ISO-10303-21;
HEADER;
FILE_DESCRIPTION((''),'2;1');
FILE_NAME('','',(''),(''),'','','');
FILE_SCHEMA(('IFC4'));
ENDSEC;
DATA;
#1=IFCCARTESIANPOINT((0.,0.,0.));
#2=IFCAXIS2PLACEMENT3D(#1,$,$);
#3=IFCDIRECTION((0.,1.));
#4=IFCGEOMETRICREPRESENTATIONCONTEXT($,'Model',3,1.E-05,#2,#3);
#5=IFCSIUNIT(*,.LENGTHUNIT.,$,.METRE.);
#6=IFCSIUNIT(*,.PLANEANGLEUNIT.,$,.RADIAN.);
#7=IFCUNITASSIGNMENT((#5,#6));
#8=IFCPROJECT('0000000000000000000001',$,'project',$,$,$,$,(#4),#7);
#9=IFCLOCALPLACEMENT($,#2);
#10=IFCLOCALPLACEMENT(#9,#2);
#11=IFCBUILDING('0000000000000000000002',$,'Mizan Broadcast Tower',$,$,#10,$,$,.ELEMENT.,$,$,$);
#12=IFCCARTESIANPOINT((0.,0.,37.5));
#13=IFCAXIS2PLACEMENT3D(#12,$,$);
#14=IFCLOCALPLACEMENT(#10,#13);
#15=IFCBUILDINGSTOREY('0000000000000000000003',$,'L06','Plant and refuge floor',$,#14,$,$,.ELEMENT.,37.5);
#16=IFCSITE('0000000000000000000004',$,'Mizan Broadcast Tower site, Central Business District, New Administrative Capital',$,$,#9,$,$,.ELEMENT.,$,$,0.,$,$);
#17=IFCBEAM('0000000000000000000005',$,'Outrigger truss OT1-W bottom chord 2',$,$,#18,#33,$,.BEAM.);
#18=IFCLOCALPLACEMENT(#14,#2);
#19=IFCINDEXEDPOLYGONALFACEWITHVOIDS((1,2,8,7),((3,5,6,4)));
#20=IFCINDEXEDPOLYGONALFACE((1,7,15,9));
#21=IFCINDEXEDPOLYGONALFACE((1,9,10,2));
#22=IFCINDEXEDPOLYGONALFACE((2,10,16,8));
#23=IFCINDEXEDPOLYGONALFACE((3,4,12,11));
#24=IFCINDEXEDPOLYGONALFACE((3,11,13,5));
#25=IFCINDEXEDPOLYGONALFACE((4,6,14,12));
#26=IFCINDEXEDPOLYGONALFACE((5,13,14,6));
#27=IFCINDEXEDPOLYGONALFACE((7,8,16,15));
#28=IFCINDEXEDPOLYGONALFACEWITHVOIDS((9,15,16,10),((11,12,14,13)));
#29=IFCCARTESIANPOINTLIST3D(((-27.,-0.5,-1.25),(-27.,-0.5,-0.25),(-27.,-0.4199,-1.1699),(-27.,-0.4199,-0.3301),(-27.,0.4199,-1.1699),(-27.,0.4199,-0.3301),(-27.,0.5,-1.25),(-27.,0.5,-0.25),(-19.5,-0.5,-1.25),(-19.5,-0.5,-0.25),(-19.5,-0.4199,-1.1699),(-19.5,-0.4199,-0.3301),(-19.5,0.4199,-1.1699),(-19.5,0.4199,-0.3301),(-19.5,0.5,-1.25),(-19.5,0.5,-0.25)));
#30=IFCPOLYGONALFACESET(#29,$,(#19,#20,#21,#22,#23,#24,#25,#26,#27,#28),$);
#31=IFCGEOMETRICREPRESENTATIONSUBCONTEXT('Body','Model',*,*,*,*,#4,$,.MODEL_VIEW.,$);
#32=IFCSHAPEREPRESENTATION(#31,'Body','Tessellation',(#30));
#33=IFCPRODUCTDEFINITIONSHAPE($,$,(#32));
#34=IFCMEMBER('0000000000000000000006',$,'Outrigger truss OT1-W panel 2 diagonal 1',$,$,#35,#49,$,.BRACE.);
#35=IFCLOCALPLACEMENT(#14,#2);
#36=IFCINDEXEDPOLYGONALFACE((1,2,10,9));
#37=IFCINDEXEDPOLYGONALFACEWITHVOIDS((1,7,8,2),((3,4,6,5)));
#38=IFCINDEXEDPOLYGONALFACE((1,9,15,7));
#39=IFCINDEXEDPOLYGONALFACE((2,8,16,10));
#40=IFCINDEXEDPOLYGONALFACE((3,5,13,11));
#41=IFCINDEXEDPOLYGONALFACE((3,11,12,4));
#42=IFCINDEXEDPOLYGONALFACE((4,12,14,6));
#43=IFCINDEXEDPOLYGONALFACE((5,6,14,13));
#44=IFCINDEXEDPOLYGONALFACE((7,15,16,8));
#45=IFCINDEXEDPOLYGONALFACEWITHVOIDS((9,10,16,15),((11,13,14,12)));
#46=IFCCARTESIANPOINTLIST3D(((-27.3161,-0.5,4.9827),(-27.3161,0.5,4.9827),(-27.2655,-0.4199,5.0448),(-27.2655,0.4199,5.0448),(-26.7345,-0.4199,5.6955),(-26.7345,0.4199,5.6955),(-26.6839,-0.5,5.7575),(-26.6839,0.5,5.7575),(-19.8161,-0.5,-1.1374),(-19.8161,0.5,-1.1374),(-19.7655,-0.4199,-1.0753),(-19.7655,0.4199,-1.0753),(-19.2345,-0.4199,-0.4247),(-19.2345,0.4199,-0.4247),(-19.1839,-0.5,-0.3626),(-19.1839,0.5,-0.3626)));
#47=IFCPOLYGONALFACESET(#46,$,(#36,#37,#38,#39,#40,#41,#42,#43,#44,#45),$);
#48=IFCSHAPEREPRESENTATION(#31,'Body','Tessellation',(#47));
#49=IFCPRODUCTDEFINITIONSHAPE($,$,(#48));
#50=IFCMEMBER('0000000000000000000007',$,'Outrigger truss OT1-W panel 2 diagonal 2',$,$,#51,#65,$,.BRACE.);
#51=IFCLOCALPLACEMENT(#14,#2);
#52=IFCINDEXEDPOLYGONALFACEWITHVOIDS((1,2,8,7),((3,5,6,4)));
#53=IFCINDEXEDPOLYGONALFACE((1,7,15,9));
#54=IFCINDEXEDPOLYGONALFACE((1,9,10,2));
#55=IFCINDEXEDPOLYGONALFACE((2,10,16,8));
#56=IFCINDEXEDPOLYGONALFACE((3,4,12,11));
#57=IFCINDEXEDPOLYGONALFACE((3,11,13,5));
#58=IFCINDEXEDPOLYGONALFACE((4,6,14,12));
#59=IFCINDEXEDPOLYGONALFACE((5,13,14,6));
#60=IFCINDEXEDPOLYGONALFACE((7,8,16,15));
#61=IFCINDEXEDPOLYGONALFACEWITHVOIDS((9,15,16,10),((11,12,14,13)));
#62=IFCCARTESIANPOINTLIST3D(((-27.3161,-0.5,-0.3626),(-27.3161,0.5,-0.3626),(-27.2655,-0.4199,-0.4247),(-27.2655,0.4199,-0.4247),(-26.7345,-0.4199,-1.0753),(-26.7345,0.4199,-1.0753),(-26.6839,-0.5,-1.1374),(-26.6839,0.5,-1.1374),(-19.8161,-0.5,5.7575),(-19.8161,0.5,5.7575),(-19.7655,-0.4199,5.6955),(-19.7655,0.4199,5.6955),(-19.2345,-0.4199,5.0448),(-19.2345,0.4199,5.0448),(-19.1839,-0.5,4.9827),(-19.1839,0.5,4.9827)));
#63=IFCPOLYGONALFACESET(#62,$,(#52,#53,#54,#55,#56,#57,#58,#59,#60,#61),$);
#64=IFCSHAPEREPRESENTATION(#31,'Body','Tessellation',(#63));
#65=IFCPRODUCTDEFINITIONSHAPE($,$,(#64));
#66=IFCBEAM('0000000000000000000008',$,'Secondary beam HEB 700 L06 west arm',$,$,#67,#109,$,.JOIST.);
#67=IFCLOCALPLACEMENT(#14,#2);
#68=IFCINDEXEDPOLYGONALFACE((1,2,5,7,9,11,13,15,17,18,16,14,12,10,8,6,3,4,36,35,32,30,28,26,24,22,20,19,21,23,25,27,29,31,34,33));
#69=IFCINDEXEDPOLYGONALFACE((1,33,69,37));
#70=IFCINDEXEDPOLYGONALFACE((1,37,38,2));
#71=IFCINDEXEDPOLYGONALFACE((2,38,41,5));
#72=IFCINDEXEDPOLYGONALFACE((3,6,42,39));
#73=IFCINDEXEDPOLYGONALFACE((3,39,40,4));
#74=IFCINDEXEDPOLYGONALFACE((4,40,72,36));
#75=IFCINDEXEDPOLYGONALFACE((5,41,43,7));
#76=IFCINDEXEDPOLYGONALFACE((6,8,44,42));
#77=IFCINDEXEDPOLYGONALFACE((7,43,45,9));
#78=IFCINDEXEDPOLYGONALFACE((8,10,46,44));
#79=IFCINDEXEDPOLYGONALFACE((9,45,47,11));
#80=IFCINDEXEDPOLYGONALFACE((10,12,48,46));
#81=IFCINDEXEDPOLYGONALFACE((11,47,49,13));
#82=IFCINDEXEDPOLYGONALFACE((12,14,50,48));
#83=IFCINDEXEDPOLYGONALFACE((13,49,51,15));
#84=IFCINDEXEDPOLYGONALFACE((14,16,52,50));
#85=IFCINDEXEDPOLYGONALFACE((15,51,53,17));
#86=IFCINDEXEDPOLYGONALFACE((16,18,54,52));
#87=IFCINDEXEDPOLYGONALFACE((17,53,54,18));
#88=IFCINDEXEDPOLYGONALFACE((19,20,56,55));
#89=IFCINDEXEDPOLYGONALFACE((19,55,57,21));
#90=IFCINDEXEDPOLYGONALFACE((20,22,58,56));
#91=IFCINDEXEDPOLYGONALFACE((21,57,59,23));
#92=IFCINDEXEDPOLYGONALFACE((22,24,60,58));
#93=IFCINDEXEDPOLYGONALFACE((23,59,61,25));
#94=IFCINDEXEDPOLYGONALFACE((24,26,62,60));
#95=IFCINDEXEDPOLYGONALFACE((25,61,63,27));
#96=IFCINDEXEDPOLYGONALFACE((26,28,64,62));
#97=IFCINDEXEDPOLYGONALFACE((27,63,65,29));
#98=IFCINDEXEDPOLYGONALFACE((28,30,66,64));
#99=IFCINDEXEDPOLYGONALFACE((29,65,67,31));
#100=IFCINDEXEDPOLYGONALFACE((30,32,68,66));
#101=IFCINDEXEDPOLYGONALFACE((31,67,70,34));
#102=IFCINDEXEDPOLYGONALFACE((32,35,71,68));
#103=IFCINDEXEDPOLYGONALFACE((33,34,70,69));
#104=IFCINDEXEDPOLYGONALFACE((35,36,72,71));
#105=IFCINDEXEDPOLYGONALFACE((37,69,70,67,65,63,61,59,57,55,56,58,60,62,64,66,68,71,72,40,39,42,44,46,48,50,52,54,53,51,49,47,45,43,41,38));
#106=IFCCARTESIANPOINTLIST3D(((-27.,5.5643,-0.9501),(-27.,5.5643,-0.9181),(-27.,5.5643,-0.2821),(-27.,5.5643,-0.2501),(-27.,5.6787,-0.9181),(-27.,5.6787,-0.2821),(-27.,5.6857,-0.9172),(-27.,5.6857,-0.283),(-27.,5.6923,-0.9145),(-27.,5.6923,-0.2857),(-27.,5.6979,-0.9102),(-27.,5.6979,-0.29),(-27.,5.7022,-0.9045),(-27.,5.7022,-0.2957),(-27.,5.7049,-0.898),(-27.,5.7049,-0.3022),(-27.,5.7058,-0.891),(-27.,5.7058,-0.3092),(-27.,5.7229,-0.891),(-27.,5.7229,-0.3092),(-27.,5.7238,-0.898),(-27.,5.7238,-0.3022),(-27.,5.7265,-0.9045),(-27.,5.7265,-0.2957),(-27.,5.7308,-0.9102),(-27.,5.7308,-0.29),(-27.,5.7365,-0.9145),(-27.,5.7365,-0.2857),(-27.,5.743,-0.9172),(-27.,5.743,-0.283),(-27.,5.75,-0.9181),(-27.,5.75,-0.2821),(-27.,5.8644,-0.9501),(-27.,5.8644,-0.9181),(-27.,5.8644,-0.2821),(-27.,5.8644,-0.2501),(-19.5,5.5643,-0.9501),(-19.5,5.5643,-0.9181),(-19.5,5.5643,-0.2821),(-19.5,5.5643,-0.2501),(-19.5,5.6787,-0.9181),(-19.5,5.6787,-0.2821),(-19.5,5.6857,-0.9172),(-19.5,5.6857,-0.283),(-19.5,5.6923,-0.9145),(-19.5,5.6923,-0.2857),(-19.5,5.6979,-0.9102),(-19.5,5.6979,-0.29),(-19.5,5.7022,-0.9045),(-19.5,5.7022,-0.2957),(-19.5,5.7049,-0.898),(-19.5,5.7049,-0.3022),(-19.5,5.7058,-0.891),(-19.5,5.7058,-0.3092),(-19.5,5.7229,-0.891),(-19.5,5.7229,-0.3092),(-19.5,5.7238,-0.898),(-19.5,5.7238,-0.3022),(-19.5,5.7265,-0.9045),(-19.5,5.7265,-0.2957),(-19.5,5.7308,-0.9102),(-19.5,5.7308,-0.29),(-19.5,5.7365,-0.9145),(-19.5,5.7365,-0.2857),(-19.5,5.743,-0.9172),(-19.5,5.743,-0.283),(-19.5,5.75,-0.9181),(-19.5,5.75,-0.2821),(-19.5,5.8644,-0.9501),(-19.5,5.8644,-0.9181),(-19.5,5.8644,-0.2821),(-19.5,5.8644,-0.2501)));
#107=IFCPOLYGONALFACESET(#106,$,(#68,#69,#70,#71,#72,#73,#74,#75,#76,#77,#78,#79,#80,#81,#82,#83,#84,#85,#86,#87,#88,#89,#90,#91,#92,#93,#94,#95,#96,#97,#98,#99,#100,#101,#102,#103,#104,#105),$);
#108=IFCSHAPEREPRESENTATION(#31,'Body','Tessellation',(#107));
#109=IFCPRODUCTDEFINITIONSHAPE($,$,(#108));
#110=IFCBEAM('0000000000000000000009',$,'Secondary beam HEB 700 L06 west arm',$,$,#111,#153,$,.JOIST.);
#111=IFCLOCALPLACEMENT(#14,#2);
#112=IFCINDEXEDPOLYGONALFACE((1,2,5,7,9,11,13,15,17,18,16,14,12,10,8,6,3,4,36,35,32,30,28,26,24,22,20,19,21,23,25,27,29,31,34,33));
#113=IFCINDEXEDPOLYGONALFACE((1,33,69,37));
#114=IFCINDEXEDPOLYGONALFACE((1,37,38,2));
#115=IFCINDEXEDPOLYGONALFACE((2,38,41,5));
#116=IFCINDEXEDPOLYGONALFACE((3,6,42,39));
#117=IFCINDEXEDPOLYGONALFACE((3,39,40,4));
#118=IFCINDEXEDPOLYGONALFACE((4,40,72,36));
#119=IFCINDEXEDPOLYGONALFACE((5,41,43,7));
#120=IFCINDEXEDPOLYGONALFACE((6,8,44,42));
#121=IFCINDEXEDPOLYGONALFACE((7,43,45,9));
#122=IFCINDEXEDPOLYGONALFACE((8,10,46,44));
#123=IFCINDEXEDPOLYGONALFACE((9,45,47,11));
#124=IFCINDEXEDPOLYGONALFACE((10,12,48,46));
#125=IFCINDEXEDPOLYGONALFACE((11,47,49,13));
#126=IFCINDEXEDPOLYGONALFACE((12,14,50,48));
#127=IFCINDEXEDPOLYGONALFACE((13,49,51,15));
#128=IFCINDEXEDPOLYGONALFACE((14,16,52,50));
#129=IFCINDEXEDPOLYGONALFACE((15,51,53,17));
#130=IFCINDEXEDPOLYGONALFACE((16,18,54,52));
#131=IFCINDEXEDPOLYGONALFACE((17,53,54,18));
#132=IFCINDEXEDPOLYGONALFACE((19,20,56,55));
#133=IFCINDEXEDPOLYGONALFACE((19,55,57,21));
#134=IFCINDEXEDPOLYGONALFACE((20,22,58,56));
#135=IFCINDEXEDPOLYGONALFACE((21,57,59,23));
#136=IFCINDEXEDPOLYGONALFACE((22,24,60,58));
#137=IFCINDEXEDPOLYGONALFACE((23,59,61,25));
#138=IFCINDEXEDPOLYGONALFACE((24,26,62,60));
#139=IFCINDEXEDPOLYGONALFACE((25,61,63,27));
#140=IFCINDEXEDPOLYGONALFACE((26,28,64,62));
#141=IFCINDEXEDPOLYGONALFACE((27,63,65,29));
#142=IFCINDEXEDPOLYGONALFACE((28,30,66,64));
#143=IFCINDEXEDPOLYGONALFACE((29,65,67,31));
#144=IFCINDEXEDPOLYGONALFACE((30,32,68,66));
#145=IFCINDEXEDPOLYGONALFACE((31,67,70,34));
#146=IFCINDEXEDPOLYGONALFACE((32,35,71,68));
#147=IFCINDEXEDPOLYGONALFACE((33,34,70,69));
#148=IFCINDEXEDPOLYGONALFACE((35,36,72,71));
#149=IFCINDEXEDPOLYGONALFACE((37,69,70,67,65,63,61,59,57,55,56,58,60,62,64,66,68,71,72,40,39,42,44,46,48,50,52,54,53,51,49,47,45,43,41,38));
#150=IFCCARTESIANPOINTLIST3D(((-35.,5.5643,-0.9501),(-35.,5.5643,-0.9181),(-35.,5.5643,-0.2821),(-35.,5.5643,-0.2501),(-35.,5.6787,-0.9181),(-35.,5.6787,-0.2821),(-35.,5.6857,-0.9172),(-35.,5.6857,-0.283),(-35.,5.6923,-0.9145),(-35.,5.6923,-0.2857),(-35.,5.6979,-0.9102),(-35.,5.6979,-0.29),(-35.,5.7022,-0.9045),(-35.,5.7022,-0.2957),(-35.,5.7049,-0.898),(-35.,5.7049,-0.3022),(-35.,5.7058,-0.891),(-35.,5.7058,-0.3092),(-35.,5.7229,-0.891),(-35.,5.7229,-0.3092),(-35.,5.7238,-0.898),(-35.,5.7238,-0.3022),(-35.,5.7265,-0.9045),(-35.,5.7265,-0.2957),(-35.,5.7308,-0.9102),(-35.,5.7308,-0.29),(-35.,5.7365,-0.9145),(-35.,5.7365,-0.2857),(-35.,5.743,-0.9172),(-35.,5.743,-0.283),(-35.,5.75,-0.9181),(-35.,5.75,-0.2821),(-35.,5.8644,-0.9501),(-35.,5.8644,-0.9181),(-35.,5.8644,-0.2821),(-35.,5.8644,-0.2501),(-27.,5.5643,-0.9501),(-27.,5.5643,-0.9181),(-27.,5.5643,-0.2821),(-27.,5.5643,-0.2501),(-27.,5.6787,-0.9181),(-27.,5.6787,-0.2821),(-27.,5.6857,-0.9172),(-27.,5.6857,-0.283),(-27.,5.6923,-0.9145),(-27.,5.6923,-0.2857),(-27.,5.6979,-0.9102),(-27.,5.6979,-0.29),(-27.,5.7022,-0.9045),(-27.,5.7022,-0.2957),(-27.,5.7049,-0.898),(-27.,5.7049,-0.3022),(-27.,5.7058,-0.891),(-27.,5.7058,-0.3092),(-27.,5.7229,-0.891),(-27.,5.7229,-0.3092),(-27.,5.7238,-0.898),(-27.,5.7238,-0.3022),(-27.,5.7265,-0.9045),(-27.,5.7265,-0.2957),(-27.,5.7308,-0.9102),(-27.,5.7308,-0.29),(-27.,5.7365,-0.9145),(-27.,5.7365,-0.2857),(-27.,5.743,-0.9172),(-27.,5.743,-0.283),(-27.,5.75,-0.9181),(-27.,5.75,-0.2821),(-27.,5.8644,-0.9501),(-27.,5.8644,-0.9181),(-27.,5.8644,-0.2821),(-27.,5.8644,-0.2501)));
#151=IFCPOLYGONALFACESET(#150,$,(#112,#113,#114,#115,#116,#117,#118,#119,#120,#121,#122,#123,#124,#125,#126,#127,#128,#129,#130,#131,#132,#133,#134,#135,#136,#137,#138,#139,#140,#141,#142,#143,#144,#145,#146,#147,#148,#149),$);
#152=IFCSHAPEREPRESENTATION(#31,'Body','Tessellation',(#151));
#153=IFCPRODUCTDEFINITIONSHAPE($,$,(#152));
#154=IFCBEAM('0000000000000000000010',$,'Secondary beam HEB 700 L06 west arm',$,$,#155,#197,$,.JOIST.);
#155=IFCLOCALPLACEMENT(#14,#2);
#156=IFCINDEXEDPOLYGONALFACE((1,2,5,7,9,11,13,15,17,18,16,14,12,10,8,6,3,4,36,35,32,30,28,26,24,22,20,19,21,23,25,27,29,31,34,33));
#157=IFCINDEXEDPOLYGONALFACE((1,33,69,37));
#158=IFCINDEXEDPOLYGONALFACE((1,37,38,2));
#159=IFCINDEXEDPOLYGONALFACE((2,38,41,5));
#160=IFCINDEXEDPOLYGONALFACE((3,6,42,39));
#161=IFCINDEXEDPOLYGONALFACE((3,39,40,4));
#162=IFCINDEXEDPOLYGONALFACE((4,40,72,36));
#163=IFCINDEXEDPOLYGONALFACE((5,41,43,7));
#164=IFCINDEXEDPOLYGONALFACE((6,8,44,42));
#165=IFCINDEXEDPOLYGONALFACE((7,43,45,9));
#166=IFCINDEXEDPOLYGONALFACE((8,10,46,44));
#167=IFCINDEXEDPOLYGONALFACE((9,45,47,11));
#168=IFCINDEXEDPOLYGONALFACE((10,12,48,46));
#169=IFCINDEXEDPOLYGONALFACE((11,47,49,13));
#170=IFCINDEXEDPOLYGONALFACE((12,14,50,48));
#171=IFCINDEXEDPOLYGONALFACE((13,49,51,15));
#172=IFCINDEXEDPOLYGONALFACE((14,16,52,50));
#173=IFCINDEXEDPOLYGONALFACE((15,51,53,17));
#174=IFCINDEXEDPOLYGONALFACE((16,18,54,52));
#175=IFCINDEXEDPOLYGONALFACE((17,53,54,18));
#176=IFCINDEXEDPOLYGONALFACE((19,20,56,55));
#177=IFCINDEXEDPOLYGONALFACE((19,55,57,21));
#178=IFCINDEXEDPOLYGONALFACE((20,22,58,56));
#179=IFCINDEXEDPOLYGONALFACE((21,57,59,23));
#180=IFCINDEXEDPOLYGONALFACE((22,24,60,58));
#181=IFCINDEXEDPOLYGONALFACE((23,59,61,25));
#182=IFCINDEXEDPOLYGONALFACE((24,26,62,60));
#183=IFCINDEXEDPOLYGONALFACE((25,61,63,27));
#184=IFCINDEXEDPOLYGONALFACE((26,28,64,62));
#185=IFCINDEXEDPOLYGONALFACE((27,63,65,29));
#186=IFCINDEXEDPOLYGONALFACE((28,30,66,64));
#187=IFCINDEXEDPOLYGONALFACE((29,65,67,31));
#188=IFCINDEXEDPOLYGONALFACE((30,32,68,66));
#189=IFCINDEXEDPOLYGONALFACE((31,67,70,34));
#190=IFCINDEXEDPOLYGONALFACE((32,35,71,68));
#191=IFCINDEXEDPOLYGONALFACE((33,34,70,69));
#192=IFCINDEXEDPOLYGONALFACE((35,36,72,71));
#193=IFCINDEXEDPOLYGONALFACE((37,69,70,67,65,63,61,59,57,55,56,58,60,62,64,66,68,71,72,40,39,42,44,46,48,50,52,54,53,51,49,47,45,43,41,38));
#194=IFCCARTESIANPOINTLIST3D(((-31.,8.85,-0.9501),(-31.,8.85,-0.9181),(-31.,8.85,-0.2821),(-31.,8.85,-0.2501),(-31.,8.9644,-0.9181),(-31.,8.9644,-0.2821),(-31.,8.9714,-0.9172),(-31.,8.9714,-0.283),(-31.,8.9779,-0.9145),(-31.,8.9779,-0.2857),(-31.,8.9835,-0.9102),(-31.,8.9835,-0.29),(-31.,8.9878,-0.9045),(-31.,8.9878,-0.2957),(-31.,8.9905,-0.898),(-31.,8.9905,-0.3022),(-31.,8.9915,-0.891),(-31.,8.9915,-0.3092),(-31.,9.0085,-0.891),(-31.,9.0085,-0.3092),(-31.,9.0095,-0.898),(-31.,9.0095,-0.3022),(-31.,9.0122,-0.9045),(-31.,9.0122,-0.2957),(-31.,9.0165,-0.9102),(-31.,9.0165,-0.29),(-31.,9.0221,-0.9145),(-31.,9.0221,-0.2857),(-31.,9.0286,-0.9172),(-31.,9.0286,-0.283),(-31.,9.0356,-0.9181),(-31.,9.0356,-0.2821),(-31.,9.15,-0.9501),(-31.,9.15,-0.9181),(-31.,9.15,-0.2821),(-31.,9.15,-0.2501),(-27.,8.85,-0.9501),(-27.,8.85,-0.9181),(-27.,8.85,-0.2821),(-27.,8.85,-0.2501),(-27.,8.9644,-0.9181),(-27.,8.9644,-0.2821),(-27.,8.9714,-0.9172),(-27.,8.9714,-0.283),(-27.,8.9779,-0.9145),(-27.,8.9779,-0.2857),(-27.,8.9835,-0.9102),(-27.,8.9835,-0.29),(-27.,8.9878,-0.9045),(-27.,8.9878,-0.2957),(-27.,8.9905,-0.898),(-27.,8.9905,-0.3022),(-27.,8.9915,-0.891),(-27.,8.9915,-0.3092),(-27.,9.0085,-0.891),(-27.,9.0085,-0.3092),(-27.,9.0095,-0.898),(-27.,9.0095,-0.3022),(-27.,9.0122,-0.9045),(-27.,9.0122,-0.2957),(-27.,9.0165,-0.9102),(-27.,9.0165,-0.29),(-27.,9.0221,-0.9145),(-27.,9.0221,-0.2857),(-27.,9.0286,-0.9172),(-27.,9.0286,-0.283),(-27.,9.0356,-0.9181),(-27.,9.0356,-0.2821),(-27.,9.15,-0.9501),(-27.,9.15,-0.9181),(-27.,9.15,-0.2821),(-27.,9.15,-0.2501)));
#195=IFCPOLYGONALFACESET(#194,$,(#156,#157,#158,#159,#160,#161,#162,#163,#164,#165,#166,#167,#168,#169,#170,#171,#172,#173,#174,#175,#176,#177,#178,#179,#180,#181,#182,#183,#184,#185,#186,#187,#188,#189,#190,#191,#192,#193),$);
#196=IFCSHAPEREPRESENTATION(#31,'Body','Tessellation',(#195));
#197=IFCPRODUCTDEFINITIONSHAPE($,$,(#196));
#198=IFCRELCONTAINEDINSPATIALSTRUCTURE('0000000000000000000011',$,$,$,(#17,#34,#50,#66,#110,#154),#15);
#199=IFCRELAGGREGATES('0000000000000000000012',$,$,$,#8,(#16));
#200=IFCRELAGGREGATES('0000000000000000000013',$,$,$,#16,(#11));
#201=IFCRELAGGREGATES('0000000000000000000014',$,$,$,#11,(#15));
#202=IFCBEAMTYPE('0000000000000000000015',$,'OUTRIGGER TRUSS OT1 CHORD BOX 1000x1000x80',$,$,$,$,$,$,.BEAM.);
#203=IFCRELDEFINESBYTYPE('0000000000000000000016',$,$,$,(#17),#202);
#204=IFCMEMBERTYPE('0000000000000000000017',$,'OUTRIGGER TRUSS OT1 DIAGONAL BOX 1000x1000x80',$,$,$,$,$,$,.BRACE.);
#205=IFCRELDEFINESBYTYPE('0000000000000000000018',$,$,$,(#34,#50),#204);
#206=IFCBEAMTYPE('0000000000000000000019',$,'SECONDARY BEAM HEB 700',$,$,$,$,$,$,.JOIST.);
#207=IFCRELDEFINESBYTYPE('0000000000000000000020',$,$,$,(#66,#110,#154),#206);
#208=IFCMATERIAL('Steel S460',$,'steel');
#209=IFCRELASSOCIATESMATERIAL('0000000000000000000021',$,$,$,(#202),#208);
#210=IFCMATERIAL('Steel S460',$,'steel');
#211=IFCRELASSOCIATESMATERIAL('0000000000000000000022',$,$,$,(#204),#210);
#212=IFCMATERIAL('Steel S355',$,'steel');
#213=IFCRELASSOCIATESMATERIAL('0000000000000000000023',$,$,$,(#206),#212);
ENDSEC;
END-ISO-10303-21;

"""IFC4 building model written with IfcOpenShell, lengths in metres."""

from ifc_helpers import new_model, si_unit, direction, frame, origin, origin_2d, place, context, subcontext, project, spatial, hollow_rectangle, i_section, extrude, material, material_profile, profile_set, type_object, element, save


model = new_model("IFC4")

# Units and contexts
model_context = context("Model", 3, precision=1e-05, world=origin(), true_north=direction((0.0, 1.0)))
body_context = subcontext(model_context, "Body", "Model", "MODEL_VIEW")
ifc_project = project(units=[si_unit("LENGTHUNIT", "METRE"), si_unit("PLANEANGLEUNIT", "RADIAN")], contexts=[model_context])

# Site, building, storey
site_placement = place(None, origin())
site = spatial("IfcSite", under=ifc_project, at=site_placement, Name="Mizan Broadcast Tower site, Central Business District, New Administrative Capital", CompositionType="ELEMENT", RefElevation=0.0)
building_placement = place(site_placement, origin())
building = spatial("IfcBuilding", under=site, at=building_placement, Name="Mizan Broadcast Tower", CompositionType="ELEMENT")
storey_placement = place(building_placement, frame((0.0, 0.0, 37.5)))
storey = spatial("IfcBuildingStorey", under=building, at=storey_placement, Name="L06", Description="Plant and refuge floor", CompositionType="ELEMENT", Elevation=37.5)

# Beam
ifc_material_1 = material(Name="Steel S460", Category="steel")
ifc_material_profile_1 = material_profile(ifc_material_1, hollow_rectangle(XDim=1.0, YDim=1.0, WallThickness=0.0801, at=origin_2d()), Name="BOX 1000x1000x80")
ifc_profile_set_1 = profile_set([ifc_material_profile_1], Name="Steel S460")
beam_type_1 = type_object("IfcBeamType", Name="OUTRIGGER TRUSS OT1 CHORD BOX 1000x1000x80", PredefinedType="BEAM", material=ifc_profile_set_1)
beam_1_placement = place(storey_placement, frame((-19.5, 0.0, -0.75), z_axis=(-1.0, 0.0, 0.0), x_axis=(0.0, -1.0, 0.0)))
element("IfcBeam", 1, at=beam_1_placement, inside=storey, type_object=beam_type_1, Name="Outrigger truss OT1-W bottom chord 2", PredefinedType="BEAM", context=body_context, shape_type="SweptSolid", body=[
    extrude(hollow_rectangle(XDim=1.0, YDim=1.0, WallThickness=0.0801, at=origin_2d()), origin(), (0.0, 0.0, 1.0), 7.5),
])

# Members
ifc_material_2 = material(Name="Steel S460", Category="steel")
ifc_material_profile_2 = material_profile(ifc_material_2, hollow_rectangle(XDim=1.0, YDim=1.0, WallThickness=0.0801, at=origin_2d()), Name="BOX 1000x1000x80")
ifc_profile_set_2 = profile_set([ifc_material_profile_2], Name="Steel S460")
member_type_1 = type_object("IfcMemberType", Name="OUTRIGGER TRUSS OT1 DIAGONAL BOX 1000x1000x80", PredefinedType="BRACE", material=ifc_profile_set_2)
for number, where, z_axis, x_axis, name in (
    (2, (-19.5, 0.0, -0.75), (-0.774779, 0.0, 0.632232), (0.0, -1.0, 0.0), "Outrigger truss OT1-W panel 2 diagonal 1"),
    (3, (-19.5, 0.0, 5.3701), (-0.774779, 0.0, -0.632232), (0.0, -1.0, 0.0), "Outrigger truss OT1-W panel 2 diagonal 2"),
):
    element("IfcMember", number, at=place(storey_placement, frame(where, z_axis=z_axis, x_axis=x_axis)), inside=storey, type_object=member_type_1, Name=name, PredefinedType="BRACE", context=body_context, shape_type="SweptSolid", body=[
        extrude(hollow_rectangle(XDim=1.0, YDim=1.0, WallThickness=0.0801, at=origin_2d()), origin(), (0.0, 0.0, 1.0), 9.6802),
    ])

# Beams
ifc_material_3 = material(Name="Steel S355", Category="steel")
ifc_material_profile_3 = material_profile(ifc_material_3, i_section(OverallWidth=0.3, OverallDepth=0.7, WebThickness=0.0171, FlangeThickness=0.032, FilletRadius=0.0271, at=origin_2d()), Name="HEB 700")
ifc_profile_set_3 = profile_set([ifc_material_profile_3], Name="Steel S355")
beam_type_2 = type_object("IfcBeamType", Name="SECONDARY BEAM HEB 700", PredefinedType="JOIST", material=ifc_profile_set_3)
beam_2_placement = place(storey_placement, frame((-19.5, 5.7144, -0.6001), z_axis=(-1.0, 0.0, 0.0), x_axis=(0.0, -1.0, 0.0)))
element("IfcBeam", 4, at=beam_2_placement, inside=storey, type_object=beam_type_2, Name="Secondary beam HEB 700 L06 west arm", PredefinedType="JOIST", context=body_context, shape_type="SweptSolid", body=[
    extrude(i_section(OverallWidth=0.3, OverallDepth=0.7, WebThickness=0.0171, FlangeThickness=0.032, FilletRadius=0.0271, at=origin_2d()), origin(), (0.0, 0.0, 1.0), 7.5),
])
beam_3_placement = place(storey_placement, frame((-27.0, 5.7144, -0.6001), z_axis=(-1.0, 0.0, 0.0), x_axis=(0.0, -1.0, 0.0)))
element("IfcBeam", 5, at=beam_3_placement, inside=storey, type_object=beam_type_2, Name="Secondary beam HEB 700 L06 west arm", PredefinedType="JOIST", context=body_context, shape_type="SweptSolid", body=[
    extrude(i_section(OverallWidth=0.3, OverallDepth=0.7, WebThickness=0.0171, FlangeThickness=0.032, FilletRadius=0.0271, at=origin_2d()), origin(), (0.0, 0.0, 1.0), 8.0),
])
beam_4_placement = place(storey_placement, frame((-27.0, 9.0, -0.6001), z_axis=(-1.0, 0.0, 0.0), x_axis=(0.0, -1.0, 0.0)))
element("IfcBeam", 6, at=beam_4_placement, inside=storey, type_object=beam_type_2, Name="Secondary beam HEB 700 L06 west arm", PredefinedType="JOIST", context=body_context, shape_type="SweptSolid", body=[
    extrude(i_section(OverallWidth=0.3, OverallDepth=0.7, WebThickness=0.0171, FlangeThickness=0.032, FilletRadius=0.0271, at=origin_2d()), origin(), (0.0, 0.0, 1.0), 4.0),
])

save(model, "model.ifc")
